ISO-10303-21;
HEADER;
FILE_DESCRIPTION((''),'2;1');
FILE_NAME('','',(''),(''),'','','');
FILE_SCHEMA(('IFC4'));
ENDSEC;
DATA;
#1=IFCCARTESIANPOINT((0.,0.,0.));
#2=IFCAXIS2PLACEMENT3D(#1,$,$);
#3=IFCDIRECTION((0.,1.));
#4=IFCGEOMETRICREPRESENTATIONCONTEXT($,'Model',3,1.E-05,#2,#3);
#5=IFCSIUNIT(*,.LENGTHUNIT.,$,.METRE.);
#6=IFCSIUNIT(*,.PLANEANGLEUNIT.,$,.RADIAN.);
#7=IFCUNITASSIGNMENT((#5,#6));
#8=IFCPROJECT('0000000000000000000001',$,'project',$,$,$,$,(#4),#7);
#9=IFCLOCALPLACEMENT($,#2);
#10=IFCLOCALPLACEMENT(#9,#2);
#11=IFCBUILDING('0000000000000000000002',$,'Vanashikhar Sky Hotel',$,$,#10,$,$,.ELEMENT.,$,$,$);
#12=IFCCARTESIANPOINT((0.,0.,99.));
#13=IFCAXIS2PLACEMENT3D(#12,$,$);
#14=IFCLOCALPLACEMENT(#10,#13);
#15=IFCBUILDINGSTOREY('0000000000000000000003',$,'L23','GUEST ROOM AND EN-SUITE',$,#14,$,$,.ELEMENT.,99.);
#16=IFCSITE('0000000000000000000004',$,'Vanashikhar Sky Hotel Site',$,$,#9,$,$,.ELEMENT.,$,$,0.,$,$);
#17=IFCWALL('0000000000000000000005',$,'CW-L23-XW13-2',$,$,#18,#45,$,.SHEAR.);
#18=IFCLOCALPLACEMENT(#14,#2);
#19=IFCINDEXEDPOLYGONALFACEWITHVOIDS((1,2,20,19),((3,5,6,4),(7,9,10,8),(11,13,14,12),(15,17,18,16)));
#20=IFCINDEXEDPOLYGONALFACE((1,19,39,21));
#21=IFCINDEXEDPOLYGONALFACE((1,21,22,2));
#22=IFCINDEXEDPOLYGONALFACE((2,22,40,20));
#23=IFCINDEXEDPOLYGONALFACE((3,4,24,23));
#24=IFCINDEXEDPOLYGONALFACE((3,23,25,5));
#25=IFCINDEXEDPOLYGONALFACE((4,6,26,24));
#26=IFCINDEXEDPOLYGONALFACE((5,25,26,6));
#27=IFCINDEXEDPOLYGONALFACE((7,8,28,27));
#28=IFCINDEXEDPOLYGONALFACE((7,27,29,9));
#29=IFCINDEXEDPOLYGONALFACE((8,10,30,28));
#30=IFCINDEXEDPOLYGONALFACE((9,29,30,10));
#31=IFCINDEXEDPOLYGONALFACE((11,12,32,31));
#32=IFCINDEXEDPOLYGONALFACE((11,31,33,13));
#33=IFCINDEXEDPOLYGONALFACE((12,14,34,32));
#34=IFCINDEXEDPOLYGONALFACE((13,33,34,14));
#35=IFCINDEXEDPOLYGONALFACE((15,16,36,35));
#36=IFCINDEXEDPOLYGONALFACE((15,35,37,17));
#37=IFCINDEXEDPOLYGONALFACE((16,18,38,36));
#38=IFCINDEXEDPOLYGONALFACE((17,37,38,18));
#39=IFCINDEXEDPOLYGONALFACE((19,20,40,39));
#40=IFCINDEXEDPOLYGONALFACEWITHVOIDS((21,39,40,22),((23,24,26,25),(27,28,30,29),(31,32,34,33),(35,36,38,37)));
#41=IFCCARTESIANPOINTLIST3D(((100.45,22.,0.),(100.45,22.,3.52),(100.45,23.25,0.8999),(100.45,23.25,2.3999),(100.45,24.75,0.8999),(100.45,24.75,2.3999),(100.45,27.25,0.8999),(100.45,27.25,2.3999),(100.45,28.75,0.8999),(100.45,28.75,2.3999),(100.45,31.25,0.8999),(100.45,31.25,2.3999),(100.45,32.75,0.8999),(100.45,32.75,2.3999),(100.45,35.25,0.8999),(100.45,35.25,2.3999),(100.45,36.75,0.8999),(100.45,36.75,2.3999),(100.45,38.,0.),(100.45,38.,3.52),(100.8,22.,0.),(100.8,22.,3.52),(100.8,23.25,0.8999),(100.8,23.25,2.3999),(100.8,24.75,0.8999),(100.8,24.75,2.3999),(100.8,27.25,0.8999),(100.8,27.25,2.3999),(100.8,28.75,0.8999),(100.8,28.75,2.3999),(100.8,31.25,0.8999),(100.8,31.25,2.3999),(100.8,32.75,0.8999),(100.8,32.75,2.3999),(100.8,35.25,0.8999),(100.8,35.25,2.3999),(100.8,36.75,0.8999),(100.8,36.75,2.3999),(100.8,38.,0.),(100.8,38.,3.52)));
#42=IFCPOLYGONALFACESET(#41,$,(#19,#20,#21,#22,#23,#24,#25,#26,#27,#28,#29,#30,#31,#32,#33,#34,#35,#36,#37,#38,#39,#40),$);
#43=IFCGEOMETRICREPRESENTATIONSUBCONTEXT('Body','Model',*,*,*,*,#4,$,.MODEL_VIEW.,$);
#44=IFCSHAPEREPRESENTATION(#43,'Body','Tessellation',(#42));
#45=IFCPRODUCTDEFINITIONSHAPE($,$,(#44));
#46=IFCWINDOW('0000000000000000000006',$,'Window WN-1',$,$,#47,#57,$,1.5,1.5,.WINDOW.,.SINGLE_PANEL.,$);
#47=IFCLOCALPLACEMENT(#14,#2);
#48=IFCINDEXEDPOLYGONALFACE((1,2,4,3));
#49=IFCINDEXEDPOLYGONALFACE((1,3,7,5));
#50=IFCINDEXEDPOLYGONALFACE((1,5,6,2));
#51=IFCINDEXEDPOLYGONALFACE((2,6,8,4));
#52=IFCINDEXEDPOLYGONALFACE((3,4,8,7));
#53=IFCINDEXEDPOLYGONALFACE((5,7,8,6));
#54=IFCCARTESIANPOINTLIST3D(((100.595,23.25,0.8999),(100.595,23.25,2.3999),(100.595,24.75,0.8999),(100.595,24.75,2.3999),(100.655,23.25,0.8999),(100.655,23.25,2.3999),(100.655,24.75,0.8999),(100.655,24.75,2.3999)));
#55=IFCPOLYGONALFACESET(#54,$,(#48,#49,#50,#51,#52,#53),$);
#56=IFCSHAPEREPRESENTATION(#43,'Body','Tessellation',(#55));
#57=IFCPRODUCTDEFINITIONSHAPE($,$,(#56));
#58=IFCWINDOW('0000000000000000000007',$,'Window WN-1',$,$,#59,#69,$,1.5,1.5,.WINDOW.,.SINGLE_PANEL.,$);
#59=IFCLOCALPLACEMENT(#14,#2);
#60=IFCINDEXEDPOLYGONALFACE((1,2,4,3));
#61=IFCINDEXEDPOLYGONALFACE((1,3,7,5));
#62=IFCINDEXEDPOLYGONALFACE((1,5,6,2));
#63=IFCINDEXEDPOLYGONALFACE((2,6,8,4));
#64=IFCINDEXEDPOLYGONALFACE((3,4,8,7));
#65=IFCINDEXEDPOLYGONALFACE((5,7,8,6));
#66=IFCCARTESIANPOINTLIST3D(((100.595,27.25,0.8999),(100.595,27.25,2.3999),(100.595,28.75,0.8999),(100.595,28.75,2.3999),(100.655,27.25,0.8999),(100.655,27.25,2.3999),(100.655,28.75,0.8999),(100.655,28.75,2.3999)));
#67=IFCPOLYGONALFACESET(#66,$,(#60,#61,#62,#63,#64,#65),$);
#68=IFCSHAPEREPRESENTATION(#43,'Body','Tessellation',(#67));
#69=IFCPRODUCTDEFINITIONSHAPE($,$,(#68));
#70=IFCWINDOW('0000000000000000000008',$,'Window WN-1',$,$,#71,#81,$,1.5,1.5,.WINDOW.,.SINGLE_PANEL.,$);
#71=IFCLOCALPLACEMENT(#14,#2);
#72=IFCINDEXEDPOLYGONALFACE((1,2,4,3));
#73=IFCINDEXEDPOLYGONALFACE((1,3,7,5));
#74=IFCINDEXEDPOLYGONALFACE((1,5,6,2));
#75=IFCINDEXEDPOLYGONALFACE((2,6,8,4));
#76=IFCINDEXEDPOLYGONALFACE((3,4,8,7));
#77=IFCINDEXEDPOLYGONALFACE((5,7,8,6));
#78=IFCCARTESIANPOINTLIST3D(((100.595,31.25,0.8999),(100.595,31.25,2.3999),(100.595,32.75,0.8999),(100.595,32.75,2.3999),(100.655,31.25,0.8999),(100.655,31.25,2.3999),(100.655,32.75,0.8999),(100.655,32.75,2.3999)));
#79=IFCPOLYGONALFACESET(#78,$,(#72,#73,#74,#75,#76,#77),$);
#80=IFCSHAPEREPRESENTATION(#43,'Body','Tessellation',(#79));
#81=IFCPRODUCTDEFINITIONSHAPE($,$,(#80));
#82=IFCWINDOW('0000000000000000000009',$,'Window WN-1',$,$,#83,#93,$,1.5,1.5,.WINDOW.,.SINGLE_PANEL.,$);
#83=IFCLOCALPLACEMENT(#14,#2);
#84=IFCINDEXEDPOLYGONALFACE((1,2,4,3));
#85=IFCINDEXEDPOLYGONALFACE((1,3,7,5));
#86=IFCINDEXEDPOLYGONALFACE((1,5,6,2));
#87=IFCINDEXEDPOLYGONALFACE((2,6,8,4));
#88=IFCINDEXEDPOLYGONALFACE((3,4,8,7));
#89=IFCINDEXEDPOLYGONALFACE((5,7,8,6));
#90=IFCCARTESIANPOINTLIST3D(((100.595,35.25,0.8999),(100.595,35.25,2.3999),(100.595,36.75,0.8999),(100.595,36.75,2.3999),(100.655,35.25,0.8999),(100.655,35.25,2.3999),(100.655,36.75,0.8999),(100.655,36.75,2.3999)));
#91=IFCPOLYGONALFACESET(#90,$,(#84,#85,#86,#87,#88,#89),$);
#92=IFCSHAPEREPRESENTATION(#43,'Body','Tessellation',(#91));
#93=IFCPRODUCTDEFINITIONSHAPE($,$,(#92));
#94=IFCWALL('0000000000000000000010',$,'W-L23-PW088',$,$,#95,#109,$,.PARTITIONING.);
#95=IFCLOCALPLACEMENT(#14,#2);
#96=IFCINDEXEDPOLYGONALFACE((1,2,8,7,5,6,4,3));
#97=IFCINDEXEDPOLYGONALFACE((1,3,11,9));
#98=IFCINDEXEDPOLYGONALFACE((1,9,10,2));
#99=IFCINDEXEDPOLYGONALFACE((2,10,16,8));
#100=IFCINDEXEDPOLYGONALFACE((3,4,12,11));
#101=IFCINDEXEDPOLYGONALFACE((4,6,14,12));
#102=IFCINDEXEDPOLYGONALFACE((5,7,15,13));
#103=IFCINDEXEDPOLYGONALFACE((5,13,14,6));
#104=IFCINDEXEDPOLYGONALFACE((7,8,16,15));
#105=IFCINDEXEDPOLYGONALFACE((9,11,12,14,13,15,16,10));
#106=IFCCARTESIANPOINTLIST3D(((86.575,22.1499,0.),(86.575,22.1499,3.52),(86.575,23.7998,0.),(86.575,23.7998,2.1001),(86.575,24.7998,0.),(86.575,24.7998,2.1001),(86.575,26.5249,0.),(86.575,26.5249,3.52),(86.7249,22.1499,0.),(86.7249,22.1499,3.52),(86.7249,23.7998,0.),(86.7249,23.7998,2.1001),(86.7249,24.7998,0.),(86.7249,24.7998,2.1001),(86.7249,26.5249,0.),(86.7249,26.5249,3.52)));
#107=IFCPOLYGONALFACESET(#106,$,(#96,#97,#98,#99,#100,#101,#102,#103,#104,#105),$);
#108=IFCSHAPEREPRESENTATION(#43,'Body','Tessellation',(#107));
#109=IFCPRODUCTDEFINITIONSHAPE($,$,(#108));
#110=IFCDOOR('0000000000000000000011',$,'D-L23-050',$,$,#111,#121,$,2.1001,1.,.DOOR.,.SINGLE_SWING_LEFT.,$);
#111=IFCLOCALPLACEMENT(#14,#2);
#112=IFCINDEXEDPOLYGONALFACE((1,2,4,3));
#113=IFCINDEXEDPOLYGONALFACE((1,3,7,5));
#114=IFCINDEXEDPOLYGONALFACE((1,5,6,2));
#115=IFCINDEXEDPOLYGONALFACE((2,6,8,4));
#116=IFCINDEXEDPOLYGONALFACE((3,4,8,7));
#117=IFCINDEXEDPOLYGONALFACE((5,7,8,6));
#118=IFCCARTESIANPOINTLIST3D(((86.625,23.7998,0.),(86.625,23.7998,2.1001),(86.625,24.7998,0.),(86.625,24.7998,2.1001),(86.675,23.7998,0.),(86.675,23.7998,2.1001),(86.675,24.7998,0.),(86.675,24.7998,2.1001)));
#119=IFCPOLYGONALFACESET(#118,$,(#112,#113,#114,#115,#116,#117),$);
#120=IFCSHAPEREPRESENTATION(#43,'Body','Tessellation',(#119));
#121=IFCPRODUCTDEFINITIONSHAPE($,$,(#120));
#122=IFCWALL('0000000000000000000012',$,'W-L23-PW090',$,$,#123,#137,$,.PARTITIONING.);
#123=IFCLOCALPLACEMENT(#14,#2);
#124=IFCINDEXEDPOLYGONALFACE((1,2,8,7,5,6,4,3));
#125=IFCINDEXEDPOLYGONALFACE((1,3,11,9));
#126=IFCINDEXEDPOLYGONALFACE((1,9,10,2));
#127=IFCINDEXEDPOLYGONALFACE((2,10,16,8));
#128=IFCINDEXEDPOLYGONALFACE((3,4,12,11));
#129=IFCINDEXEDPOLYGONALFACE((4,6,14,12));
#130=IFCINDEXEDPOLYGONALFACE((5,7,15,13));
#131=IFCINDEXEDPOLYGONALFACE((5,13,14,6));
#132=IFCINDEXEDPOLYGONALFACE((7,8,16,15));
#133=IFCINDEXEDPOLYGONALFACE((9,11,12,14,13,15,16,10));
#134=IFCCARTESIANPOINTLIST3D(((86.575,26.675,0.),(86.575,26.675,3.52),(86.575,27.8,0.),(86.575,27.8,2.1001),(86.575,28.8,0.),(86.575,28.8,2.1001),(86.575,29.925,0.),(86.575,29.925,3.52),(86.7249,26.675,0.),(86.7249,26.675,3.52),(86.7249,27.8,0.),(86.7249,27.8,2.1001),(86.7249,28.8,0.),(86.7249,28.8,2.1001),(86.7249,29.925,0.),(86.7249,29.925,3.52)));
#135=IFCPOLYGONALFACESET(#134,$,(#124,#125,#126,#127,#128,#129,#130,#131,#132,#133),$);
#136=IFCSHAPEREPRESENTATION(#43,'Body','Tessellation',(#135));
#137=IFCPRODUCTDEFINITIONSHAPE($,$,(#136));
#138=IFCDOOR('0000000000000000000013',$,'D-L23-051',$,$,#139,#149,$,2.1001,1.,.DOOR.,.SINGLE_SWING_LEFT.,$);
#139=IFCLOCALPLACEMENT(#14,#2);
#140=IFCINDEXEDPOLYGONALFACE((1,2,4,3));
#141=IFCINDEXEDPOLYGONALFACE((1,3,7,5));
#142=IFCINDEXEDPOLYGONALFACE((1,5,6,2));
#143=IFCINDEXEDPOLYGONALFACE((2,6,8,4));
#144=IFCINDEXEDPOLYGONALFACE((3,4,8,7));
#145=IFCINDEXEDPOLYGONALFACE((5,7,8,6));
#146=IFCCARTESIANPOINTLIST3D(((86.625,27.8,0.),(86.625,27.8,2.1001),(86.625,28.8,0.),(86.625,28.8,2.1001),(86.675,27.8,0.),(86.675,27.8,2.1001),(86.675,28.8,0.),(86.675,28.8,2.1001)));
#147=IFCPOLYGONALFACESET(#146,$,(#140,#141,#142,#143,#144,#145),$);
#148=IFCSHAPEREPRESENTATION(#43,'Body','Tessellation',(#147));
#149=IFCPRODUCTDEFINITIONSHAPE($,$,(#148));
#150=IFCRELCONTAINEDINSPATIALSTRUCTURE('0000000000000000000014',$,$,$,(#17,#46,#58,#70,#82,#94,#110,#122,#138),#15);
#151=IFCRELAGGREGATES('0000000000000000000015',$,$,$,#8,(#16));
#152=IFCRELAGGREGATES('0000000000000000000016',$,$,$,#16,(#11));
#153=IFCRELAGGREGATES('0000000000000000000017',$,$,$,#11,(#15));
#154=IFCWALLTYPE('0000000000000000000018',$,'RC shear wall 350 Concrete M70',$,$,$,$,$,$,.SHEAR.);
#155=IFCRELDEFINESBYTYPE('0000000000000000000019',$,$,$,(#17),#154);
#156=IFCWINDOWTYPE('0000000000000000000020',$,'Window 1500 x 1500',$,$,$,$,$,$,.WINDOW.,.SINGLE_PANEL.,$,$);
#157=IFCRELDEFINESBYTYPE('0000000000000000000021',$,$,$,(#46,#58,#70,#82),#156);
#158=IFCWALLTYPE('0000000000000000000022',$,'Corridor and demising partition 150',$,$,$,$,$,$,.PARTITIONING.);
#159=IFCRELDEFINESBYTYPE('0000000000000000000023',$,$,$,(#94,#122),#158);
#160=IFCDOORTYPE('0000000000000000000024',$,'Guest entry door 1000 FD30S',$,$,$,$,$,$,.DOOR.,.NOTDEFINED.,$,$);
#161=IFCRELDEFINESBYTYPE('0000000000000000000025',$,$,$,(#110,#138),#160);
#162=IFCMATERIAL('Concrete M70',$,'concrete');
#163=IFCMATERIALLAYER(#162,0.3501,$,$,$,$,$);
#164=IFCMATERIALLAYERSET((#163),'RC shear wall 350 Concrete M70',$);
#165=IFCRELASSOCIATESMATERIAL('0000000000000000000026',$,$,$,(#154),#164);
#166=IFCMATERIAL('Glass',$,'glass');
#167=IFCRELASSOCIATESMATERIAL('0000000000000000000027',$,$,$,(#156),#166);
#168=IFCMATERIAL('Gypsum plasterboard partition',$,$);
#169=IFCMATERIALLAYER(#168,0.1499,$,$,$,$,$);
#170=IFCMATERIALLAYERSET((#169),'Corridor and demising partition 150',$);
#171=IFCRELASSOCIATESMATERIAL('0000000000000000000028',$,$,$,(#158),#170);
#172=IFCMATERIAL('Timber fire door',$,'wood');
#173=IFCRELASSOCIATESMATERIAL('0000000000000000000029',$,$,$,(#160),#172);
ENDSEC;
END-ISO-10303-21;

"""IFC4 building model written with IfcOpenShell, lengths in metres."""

from ifc_helpers import new_model, si_unit, direction, frame, frame_2d, origin, place, context, subcontext, project, spatial, rectangle, extrude, source, transform, mapped, material, layer, layer_set, type_object, element, fill, save


model = new_model("IFC4")

# Units and contexts
model_context = context("Model", 3, precision=1e-05, world=origin(), true_north=direction((0.0, 1.0)))
body_context = subcontext(model_context, "Body", "Model", "MODEL_VIEW")
ifc_project = project(units=[si_unit("LENGTHUNIT", "METRE"), si_unit("PLANEANGLEUNIT", "RADIAN")], contexts=[model_context])

# Site, building, storey
site_placement = place(None, origin())
site = spatial("IfcSite", under=ifc_project, at=site_placement, Name="Vanashikhar Sky Hotel Site", CompositionType="ELEMENT", RefElevation=0.0)
building_placement = place(site_placement, origin())
building = spatial("IfcBuilding", under=site, at=building_placement, Name="Vanashikhar Sky Hotel", CompositionType="ELEMENT")
storey_placement = place(building_placement, frame((0.0, 0.0, 99.0)))
storey = spatial("IfcBuildingStorey", under=building, at=storey_placement, Name="L23", Description="GUEST ROOM AND EN-SUITE", CompositionType="ELEMENT", Elevation=99.0)

# Wall, openings, windows
ifc_material_1 = material(Name="Concrete M70", Category="concrete")
ifc_layer_1 = layer(ifc_material_1, 0.3501)
ifc_layer_set_1 = layer_set([ifc_layer_1], Name="RC shear wall 350 Concrete M70")
wall_type_1 = type_object("IfcWallType", Name="RC shear wall 350 Concrete M70", PredefinedType="SHEAR", material=ifc_layer_set_1)
shared_shape_1 = source(origin(), body_context, "Body", "SweptSolid", [
    extrude(rectangle(XDim=16.0, YDim=0.3501, at=frame_2d((8.0, 0.0))), origin(), (0.0, 0.0, 1.0), 3.52),
])
wall_1_placement = place(storey_placement, frame((100.625, 22.0, 0.0), z_axis=(0.0, 0.0, 1.0), x_axis=(0.0, 1.0, 0.0)))
wall_1 = element("IfcWall", 1, at=wall_1_placement, inside=storey, type_object=wall_type_1, Name="CW-L23-XW13-2", PredefinedType="SHEAR", context=body_context, shape_type="MappedRepresentation", body=[
    mapped(shared_shape_1, transform((0.0, 0.0, 0.0), scale=1.0)),
])
shared_shape_2 = source(origin(), body_context, "Body", "SweptSolid", [
    extrude(rectangle(XDim=1.5, YDim=1.5, at=frame_2d((0.75, 0.75))), frame((0.0, 0.1851, 0.0), z_axis=(0.0, -1.0, 0.0), x_axis=(1.0, 0.0, 0.0)), (0.0, 0.0, 1.0), 0.3701),
])
opening_1_placement = place(wall_1_placement, frame((1.25, 0.0, 0.8999)))
opening_1 = element("IfcOpeningElement", 2, at=opening_1_placement, cuts=wall_1, PredefinedType="OPENING", context=body_context, shape_type="MappedRepresentation", body=[
    mapped(shared_shape_2, transform((0.0, 0.0, 0.0), scale=1.0)),
])
opening_2_placement = place(wall_1_placement, frame((5.25, 0.0, 0.8999)))
opening_2 = element("IfcOpeningElement", 3, at=opening_2_placement, cuts=wall_1, PredefinedType="OPENING", context=body_context, shape_type="MappedRepresentation", body=[
    mapped(shared_shape_2, transform((0.0, 0.0, 0.0), scale=1.0)),
])
opening_3_placement = place(wall_1_placement, frame((9.25, 0.0, 0.8999)))
opening_3 = element("IfcOpeningElement", 4, at=opening_3_placement, cuts=wall_1, PredefinedType="OPENING", context=body_context, shape_type="MappedRepresentation", body=[
    mapped(shared_shape_2, transform((0.0, 0.0, 0.0), scale=1.0)),
])
opening_4_placement = place(wall_1_placement, frame((13.25, 0.0, 0.8999)))
opening_4 = element("IfcOpeningElement", 5, at=opening_4_placement, cuts=wall_1, PredefinedType="OPENING", context=body_context, shape_type="MappedRepresentation", body=[
    mapped(shared_shape_2, transform((0.0, 0.0, 0.0), scale=1.0)),
])
ifc_material_2 = material(Name="Glass", Category="glass")
window_type = type_object("IfcWindowType", Name="Window 1500 x 1500", PartitioningType="SINGLE_PANEL", PredefinedType="WINDOW", material=ifc_material_2)
shared_shape_3 = source(origin(), body_context, "Body", "SweptSolid", [
    extrude(rectangle(XDim=1.5, YDim=1.5, at=frame_2d((0.75, 0.75))), frame((0.0, 0.03, 0.0), z_axis=(0.0, -1.0, 0.0), x_axis=(1.0, 0.0, 0.0)), (0.0, 0.0, 1.0), 0.0601),
])
window_1_placement = place(opening_1_placement, origin())
window_1 = element("IfcWindow", 6, at=window_1_placement, inside=storey, type_object=window_type, Name="Window WN-1", OverallHeight=1.5, OverallWidth=1.5, PartitioningType="SINGLE_PANEL", PredefinedType="WINDOW", context=body_context, shape_type="MappedRepresentation", body=[
    mapped(shared_shape_3, transform((0.0, 0.0, 0.0), scale=1.0)),
])
fill(opening_1, window_1)
window_2_placement = place(opening_2_placement, origin())
window_2 = element("IfcWindow", 7, at=window_2_placement, inside=storey, type_object=window_type, Name="Window WN-1", OverallHeight=1.5, OverallWidth=1.5, PartitioningType="SINGLE_PANEL", PredefinedType="WINDOW", context=body_context, shape_type="MappedRepresentation", body=[
    mapped(shared_shape_3, transform((0.0, 0.0, 0.0), scale=1.0)),
])
fill(opening_2, window_2)
window_3_placement = place(opening_3_placement, origin())
window_3 = element("IfcWindow", 8, at=window_3_placement, inside=storey, type_object=window_type, Name="Window WN-1", OverallHeight=1.5, OverallWidth=1.5, PartitioningType="SINGLE_PANEL", PredefinedType="WINDOW", context=body_context, shape_type="MappedRepresentation", body=[
    mapped(shared_shape_3, transform((0.0, 0.0, 0.0), scale=1.0)),
])
fill(opening_3, window_3)
window_4_placement = place(opening_4_placement, origin())
window_4 = element("IfcWindow", 9, at=window_4_placement, inside=storey, type_object=window_type, Name="Window WN-1", OverallHeight=1.5, OverallWidth=1.5, PartitioningType="SINGLE_PANEL", PredefinedType="WINDOW", context=body_context, shape_type="MappedRepresentation", body=[
    mapped(shared_shape_3, transform((0.0, 0.0, 0.0), scale=1.0)),
])
fill(opening_4, window_4)

# Walls, openings, doors
ifc_material_3 = material(Name="Gypsum plasterboard partition")
ifc_layer_2 = layer(ifc_material_3, 0.1499)
ifc_layer_set_2 = layer_set([ifc_layer_2], Name="Corridor and demising partition 150")
wall_type_2 = type_object("IfcWallType", Name="Corridor and demising partition 150", PredefinedType="PARTITIONING", material=ifc_layer_set_2)
shared_shape_4 = source(origin(), body_context, "Body", "SweptSolid", [
    extrude(rectangle(XDim=4.375, YDim=0.1499, at=frame_2d((2.1875, 0.0))), origin(), (0.0, 0.0, 1.0), 3.52),
])
wall_2_placement = place(storey_placement, frame((86.6499, 22.1499, 0.0), z_axis=(0.0, 0.0, 1.0), x_axis=(0.0, 1.0, 0.0)))
wall_2 = element("IfcWall", 10, at=wall_2_placement, inside=storey, type_object=wall_type_2, Name="W-L23-PW088", PredefinedType="PARTITIONING", context=body_context, shape_type="MappedRepresentation", body=[
    mapped(shared_shape_4, transform((0.0, 0.0, 0.0), scale=1.0)),
])
shared_shape_5 = source(origin(), body_context, "Body", "SweptSolid", [
    extrude(rectangle(XDim=1.0, YDim=2.1001, at=frame_2d((0.5, 1.05))), frame((0.0, 0.085, 0.0), z_axis=(0.0, -1.0, 0.0), x_axis=(1.0, 0.0, 0.0)), (0.0, 0.0, 1.0), 0.1699),
])
opening_5_placement = place(wall_2_placement, frame((1.6499, 0.0, 0.0)))
opening_5 = element("IfcOpeningElement", 11, at=opening_5_placement, cuts=wall_2, PredefinedType="OPENING", context=body_context, shape_type="MappedRepresentation", body=[
    mapped(shared_shape_5, transform((0.0, 0.0, 0.0), scale=1.0)),
])
ifc_material_4 = material(Name="Timber fire door", Category="wood")
door_type_1 = type_object("IfcDoorType", Name="Guest entry door 1000 FD30S", OperationType="NOTDEFINED", PredefinedType="DOOR", material=ifc_material_4)
shared_shape_6 = source(origin(), body_context, "Body", "SweptSolid", [
    extrude(rectangle(XDim=1.0, YDim=2.1001, at=frame_2d((0.5, 1.05))), frame((0.0, 0.0249, 0.0), z_axis=(0.0, -1.0, 0.0), x_axis=(1.0, 0.0, 0.0)), (0.0, 0.0, 1.0), 0.05),
])
door_1_placement = place(opening_5_placement, origin())
door_1 = element("IfcDoor", 12, at=door_1_placement, inside=storey, type_object=door_type_1, Name="D-L23-050", OperationType="SINGLE_SWING_LEFT", OverallHeight=2.1001, OverallWidth=1.0, PredefinedType="DOOR", context=body_context, shape_type="MappedRepresentation", body=[
    mapped(shared_shape_6, transform((0.0, 0.0, 0.0), scale=1.0)),
])
fill(opening_5, door_1)
shared_shape_7 = source(origin(), body_context, "Body", "SweptSolid", [
    extrude(rectangle(XDim=3.25, YDim=0.1499, at=frame_2d((1.625, 0.0))), origin(), (0.0, 0.0, 1.0), 3.52),
])
wall_3_placement = place(storey_placement, frame((86.6499, 26.675, 0.0), z_axis=(0.0, 0.0, 1.0), x_axis=(0.0, 1.0, 0.0)))
wall_3 = element("IfcWall", 13, at=wall_3_placement, inside=storey, type_object=wall_type_2, Name="W-L23-PW090", PredefinedType="PARTITIONING", context=body_context, shape_type="MappedRepresentation", body=[
    mapped(shared_shape_7, transform((0.0, 0.0, 0.0), scale=1.0)),
])
opening_6_placement = place(wall_3_placement, frame((1.125, 0.0, 0.0)))
opening_6 = element("IfcOpeningElement", 14, at=opening_6_placement, cuts=wall_3, PredefinedType="OPENING", context=body_context, shape_type="MappedRepresentation", body=[
    mapped(shared_shape_5, transform((0.0, 0.0, 0.0), scale=1.0)),
])
door_2_placement = place(opening_6_placement, origin())
door_2 = element("IfcDoor", 15, at=door_2_placement, inside=storey, type_object=door_type_1, Name="D-L23-051", OperationType="SINGLE_SWING_LEFT", OverallHeight=2.1001, OverallWidth=1.0, PredefinedType="DOOR", context=body_context, shape_type="MappedRepresentation", body=[
    mapped(shared_shape_6, transform((0.0, 0.0, 0.0), scale=1.0)),
])
fill(opening_6, door_2)

save(model, "model.ifc")
